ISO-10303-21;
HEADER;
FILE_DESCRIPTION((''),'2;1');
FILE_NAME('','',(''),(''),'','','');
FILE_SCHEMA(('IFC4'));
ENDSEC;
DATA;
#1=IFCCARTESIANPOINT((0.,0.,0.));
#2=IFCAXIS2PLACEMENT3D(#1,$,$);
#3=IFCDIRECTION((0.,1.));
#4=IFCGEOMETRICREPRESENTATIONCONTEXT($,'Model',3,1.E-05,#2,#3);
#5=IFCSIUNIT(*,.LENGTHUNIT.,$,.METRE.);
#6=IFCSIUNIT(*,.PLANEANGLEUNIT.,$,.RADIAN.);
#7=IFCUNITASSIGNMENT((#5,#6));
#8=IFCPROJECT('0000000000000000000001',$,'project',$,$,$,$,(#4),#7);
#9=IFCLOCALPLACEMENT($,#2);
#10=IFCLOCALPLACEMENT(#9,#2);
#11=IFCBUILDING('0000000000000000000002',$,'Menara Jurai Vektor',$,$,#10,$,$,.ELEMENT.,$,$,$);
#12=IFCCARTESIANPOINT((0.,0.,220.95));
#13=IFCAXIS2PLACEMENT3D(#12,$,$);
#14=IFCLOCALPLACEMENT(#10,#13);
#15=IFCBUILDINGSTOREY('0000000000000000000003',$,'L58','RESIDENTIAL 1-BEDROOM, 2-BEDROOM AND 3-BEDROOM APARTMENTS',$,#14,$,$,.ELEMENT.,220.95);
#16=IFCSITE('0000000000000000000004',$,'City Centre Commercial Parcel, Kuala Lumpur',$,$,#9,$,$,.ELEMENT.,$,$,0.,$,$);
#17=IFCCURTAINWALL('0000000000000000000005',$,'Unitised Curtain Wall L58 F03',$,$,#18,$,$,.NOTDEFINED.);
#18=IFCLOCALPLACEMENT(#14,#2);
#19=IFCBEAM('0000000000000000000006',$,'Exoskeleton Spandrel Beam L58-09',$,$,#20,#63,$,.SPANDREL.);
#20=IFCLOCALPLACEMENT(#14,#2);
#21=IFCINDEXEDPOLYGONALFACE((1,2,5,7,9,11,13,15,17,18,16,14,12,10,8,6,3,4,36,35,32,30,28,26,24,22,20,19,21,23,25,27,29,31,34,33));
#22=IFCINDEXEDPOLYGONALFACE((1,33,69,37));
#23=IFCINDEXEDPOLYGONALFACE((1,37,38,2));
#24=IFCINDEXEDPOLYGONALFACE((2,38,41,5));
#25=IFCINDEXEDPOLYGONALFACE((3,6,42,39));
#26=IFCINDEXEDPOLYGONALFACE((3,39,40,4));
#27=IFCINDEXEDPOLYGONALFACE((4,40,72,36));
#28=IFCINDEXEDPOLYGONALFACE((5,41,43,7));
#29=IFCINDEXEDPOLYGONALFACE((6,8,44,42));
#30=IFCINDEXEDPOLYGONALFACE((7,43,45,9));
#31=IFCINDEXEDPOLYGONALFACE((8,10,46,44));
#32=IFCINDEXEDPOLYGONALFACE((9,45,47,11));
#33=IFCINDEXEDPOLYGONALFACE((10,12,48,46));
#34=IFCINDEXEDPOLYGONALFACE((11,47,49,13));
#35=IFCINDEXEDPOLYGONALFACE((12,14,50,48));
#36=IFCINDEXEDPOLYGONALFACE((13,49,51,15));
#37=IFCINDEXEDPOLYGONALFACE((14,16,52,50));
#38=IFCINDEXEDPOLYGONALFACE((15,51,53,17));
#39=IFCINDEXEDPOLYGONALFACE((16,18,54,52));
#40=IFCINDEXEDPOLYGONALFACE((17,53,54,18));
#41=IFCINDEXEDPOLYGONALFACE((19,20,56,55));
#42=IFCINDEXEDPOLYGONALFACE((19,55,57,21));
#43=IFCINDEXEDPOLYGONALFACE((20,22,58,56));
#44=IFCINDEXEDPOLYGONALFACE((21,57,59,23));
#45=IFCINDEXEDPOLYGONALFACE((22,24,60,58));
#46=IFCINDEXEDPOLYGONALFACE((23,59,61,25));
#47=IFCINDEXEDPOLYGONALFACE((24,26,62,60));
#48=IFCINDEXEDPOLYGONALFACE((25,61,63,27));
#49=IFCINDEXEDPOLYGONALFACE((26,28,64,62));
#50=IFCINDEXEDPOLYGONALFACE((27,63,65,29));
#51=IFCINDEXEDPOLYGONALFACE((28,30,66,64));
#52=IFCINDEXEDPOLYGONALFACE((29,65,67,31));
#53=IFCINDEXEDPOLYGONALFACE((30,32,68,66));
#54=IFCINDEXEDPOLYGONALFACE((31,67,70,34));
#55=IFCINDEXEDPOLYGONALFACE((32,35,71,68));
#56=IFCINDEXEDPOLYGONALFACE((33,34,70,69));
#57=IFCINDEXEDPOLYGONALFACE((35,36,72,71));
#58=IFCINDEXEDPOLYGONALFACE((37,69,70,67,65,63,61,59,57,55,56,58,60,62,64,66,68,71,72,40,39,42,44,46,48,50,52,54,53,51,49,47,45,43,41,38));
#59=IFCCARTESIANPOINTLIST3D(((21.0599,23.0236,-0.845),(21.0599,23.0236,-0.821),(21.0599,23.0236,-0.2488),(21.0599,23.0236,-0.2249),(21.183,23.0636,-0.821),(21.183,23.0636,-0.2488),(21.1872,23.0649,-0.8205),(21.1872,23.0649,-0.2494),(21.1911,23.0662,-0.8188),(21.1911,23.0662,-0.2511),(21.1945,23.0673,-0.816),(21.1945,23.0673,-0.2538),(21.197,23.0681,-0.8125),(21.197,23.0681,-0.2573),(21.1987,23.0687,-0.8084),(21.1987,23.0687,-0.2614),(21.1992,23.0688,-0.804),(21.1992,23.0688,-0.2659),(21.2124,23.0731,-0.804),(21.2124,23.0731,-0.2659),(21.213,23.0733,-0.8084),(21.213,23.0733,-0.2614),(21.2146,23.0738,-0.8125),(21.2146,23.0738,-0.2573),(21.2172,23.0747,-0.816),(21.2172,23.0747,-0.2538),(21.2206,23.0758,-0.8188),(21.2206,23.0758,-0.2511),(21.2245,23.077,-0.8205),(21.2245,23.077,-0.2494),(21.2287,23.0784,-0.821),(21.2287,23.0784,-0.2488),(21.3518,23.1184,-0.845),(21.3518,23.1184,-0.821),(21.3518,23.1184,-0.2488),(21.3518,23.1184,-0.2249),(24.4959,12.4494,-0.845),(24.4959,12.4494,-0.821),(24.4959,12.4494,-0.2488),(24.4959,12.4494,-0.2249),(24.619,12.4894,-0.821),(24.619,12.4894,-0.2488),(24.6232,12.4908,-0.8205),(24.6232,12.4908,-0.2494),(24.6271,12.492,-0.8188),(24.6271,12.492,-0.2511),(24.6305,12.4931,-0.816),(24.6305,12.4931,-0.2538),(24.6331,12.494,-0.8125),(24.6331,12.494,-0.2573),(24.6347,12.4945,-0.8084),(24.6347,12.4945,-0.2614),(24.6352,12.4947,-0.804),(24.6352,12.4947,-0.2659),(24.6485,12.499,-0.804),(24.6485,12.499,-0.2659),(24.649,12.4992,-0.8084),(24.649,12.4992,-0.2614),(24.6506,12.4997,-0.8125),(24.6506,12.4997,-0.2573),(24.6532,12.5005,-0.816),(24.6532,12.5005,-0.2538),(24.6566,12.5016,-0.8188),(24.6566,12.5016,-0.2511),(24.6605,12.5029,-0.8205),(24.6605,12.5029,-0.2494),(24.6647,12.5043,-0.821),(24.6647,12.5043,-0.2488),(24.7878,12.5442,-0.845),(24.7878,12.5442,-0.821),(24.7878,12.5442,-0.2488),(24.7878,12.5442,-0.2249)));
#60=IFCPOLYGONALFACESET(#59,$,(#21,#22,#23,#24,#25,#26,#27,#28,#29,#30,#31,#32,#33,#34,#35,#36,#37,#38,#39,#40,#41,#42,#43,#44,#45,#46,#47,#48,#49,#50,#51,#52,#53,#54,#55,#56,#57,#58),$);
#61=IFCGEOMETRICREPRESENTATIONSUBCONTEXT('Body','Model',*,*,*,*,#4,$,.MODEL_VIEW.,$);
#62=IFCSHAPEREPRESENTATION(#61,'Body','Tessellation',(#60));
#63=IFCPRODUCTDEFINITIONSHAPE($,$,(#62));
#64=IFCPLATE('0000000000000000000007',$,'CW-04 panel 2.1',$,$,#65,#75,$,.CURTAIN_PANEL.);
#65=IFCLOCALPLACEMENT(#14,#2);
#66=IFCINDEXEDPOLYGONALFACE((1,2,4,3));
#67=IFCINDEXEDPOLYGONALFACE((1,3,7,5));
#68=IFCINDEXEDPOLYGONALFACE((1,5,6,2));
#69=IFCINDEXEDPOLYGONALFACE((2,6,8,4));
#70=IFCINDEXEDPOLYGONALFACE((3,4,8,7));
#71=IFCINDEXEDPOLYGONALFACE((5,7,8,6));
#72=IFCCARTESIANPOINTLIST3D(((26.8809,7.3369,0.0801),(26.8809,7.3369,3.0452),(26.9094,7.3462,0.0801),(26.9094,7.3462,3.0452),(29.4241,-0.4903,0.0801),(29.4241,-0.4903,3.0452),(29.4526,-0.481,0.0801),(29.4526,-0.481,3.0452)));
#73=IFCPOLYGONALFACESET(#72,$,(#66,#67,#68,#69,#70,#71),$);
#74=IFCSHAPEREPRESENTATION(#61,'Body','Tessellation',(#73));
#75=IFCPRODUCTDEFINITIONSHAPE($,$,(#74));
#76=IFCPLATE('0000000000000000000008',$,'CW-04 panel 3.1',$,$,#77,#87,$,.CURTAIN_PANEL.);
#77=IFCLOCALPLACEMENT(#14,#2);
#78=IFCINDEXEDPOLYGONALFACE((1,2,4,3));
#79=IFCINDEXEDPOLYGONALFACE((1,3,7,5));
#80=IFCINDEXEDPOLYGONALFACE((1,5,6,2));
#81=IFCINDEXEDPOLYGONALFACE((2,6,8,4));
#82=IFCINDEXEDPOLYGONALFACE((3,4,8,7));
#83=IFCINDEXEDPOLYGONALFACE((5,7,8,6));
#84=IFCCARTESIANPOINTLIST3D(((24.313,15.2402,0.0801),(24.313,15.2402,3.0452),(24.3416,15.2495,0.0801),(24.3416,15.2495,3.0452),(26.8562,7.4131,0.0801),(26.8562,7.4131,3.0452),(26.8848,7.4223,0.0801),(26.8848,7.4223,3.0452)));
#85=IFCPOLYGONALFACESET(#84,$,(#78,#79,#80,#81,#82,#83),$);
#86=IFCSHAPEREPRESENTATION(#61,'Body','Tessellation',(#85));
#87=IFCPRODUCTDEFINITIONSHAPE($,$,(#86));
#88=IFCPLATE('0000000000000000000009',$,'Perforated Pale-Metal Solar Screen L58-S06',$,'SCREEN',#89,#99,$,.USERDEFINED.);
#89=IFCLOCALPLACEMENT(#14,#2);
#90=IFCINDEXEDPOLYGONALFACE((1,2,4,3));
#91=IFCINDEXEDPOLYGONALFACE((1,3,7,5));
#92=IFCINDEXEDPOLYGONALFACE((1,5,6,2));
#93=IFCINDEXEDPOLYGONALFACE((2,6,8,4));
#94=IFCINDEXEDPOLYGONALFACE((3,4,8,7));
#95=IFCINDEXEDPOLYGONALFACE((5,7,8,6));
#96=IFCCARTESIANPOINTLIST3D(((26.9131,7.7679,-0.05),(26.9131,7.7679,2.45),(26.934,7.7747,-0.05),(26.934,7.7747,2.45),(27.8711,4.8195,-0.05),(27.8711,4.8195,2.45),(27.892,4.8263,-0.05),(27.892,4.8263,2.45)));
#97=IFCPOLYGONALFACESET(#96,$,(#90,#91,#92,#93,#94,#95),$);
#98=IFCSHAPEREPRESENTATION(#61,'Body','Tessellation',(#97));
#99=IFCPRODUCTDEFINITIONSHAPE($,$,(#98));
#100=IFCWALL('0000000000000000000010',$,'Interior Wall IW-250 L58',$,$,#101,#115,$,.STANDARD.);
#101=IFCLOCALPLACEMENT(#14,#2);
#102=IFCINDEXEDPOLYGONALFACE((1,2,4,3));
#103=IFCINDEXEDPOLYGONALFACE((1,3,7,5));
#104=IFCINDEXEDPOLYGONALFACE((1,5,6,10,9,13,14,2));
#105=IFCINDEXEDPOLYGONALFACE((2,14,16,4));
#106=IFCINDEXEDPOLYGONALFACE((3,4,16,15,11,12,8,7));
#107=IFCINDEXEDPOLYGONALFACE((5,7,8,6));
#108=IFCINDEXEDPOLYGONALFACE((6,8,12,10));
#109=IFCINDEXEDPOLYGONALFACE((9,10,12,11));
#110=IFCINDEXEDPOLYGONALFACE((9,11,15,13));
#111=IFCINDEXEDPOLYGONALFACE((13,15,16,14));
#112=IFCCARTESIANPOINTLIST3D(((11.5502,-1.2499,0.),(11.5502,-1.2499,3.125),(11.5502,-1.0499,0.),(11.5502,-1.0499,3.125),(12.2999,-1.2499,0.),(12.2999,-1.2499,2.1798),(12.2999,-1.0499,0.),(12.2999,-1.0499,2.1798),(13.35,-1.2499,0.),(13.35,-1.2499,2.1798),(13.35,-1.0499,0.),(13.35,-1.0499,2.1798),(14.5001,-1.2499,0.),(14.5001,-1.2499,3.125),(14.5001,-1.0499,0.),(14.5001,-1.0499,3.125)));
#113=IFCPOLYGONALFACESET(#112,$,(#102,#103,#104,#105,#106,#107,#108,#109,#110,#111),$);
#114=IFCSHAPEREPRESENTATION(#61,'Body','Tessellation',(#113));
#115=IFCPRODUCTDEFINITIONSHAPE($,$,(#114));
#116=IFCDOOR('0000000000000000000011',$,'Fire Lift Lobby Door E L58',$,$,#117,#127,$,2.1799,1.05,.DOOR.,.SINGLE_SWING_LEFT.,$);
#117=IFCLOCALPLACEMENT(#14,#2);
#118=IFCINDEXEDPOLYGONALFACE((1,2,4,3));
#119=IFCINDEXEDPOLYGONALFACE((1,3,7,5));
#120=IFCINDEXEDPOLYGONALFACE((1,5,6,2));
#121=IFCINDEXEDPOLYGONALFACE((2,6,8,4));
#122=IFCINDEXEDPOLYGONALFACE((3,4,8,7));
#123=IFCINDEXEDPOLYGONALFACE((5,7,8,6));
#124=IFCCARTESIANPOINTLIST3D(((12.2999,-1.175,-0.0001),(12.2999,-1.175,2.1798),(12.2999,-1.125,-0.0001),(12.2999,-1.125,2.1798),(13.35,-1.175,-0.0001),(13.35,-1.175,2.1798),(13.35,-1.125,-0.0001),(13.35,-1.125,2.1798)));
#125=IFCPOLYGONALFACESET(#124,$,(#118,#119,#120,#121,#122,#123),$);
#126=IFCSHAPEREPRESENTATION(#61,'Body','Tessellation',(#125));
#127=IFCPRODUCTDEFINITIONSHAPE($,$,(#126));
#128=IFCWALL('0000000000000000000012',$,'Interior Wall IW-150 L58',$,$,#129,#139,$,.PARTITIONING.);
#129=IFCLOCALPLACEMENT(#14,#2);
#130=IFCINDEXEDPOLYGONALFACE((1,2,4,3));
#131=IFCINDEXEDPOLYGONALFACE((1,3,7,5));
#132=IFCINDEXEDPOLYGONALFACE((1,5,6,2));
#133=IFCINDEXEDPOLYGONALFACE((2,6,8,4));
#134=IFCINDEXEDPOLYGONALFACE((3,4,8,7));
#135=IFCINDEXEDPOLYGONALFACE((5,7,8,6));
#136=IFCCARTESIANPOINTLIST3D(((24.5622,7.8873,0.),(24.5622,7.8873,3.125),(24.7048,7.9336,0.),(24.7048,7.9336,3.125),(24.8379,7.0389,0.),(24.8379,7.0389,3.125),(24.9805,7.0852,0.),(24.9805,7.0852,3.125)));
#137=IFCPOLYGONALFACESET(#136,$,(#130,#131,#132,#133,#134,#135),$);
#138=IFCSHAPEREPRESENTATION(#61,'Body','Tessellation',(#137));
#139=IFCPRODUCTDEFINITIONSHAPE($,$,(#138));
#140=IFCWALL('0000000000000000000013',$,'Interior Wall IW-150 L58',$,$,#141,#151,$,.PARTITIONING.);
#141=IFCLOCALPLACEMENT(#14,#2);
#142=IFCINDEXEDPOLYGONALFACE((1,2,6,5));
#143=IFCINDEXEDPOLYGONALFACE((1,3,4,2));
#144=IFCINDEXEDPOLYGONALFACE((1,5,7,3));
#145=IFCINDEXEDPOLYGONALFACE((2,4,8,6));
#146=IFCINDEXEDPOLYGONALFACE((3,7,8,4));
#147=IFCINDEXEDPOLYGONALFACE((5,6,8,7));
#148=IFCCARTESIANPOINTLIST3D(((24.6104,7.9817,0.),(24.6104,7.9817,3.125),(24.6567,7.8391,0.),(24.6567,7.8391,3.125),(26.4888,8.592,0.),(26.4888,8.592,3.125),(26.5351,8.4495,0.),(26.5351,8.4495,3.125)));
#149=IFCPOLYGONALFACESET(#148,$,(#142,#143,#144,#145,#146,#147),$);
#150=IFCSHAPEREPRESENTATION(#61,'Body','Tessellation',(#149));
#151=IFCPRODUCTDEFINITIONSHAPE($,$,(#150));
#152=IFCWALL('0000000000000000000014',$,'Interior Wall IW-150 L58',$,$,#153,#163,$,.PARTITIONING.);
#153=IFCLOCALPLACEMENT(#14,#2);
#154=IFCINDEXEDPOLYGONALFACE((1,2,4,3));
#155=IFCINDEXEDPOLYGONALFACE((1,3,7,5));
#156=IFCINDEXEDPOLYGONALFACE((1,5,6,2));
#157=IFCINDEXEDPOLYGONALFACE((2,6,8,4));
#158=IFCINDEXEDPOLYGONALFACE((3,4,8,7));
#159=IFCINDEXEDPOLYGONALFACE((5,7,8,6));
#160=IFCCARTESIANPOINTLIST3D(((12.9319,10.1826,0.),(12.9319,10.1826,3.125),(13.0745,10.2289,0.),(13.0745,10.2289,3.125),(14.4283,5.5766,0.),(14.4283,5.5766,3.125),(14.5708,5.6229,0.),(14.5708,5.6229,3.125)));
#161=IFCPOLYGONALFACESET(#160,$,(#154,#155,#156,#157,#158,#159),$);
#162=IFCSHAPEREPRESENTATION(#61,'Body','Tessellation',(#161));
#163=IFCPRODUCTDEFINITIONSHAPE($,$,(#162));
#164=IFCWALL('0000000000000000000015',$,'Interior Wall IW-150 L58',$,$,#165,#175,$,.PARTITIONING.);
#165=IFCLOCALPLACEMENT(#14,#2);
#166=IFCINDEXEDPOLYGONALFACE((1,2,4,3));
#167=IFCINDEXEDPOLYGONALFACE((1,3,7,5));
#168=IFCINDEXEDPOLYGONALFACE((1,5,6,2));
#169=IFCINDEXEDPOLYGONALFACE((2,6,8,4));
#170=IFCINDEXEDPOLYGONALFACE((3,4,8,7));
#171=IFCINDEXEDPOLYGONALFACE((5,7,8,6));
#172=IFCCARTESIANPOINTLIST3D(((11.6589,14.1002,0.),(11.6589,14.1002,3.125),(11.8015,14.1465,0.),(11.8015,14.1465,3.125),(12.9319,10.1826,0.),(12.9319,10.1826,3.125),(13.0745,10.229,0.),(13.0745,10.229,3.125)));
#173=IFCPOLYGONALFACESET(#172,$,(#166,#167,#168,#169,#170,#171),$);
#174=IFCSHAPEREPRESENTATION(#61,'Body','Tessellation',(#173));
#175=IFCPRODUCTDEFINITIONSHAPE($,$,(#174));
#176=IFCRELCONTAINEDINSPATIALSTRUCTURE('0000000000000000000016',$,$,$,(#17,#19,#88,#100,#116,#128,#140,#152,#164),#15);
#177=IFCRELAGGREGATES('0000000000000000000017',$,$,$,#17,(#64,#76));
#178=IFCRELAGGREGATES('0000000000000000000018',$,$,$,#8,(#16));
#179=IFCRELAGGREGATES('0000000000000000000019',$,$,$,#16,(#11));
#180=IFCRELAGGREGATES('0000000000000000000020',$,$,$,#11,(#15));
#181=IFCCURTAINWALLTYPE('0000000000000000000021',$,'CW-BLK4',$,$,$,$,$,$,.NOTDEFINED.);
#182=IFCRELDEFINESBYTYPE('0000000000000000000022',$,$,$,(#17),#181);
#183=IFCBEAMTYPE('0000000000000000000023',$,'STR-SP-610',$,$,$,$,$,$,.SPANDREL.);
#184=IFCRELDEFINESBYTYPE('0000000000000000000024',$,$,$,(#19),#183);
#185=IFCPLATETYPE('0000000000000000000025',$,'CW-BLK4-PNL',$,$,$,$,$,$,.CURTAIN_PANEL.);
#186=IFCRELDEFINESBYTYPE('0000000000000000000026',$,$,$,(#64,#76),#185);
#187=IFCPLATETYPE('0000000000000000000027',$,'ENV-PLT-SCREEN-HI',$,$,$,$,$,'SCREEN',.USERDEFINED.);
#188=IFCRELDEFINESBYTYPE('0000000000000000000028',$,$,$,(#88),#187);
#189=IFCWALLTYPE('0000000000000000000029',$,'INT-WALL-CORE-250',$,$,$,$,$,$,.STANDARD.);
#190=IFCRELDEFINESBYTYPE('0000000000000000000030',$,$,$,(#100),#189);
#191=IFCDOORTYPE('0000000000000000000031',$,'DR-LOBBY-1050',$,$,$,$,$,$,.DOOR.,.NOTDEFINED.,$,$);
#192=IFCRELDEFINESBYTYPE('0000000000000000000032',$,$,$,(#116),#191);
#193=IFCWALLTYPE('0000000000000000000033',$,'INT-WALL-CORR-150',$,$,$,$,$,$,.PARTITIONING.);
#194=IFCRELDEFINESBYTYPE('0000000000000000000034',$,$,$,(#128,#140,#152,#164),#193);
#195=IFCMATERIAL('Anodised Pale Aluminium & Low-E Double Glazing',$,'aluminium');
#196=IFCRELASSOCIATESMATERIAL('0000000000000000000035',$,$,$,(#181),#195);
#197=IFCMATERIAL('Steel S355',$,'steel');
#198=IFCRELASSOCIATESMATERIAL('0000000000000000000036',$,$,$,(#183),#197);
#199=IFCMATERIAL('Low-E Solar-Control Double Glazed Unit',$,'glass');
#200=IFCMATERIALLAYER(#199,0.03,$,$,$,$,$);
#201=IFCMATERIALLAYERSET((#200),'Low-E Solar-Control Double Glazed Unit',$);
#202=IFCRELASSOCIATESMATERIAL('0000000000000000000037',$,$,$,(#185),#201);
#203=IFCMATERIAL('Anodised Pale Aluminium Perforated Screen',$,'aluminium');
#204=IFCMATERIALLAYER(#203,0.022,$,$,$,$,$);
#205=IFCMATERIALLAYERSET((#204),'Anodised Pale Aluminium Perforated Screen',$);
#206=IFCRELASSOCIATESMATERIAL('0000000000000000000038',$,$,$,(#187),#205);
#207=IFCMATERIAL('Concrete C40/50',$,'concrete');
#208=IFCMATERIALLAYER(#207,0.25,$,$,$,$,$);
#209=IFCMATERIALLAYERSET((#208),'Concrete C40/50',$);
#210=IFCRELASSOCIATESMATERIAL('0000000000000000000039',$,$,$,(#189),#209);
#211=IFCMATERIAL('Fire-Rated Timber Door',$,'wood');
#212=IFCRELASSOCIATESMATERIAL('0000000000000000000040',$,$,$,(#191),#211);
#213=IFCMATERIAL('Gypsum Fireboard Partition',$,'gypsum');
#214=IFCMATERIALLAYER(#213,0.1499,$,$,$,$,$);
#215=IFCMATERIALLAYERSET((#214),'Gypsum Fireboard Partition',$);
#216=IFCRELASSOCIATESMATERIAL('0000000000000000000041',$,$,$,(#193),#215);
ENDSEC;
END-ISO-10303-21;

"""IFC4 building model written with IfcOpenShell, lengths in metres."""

from ifc_helpers import new_model, si_unit, direction, frame, frame_2d, origin, origin_2d, place, context, subcontext, project, spatial, rectangle, i_section, extrude, material, layer, layer_set, material_profile, profile_set, type_object, element, fill, aggregate, save


model = new_model("IFC4")

# Units and contexts
model_context = context("Model", 3, precision=1e-05, world=origin(), true_north=direction((0.0, 1.0)))
body_context = subcontext(model_context, "Body", "Model", "MODEL_VIEW")
ifc_project = project(units=[si_unit("LENGTHUNIT", "METRE"), si_unit("PLANEANGLEUNIT", "RADIAN")], contexts=[model_context])

# Site, building, storey
site_placement = place(None, origin())
site = spatial("IfcSite", under=ifc_project, at=site_placement, Name="City Centre Commercial Parcel, Kuala Lumpur", CompositionType="ELEMENT", RefElevation=0.0)
building_placement = place(site_placement, origin())
building = spatial("IfcBuilding", under=site, at=building_placement, Name="Menara Jurai Vektor", CompositionType="ELEMENT")
storey_placement = place(building_placement, frame((0.0, 0.0, 220.95)))
storey = spatial("IfcBuildingStorey", under=building, at=storey_placement, Name="L58", Description="RESIDENTIAL 1-BEDROOM, 2-BEDROOM AND 3-BEDROOM APARTMENTS", CompositionType="ELEMENT", Elevation=220.95)

# Curtain wall
ifc_material_1 = material(Name="Anodised Pale Aluminium & Low-E Double Glazing", Category="aluminium")
curtain_wall_type = type_object("IfcCurtainWallType", Name="CW-BLK4", PredefinedType="NOTDEFINED", material=ifc_material_1)
curtain_wall_placement = place(storey_placement, origin())
curtain_wall = element("IfcCurtainWall", 1, at=curtain_wall_placement, inside=storey, type_object=curtain_wall_type, Name="Unitised Curtain Wall L58 F03", PredefinedType="NOTDEFINED")

# Beam
ifc_material_2 = material(Name="Steel S355", Category="steel")
ifc_material_profile_1 = material_profile(ifc_material_2, i_section(OverallWidth=0.3069, OverallDepth=0.6201, WebThickness=0.0139, FlangeThickness=0.0239, FilletRadius=0.0171, at=origin_2d()), Name="UKB 610x305x179")
ifc_profile_set_1 = profile_set([ifc_material_profile_1], Name="Steel S355")
beam_type_1 = type_object("IfcBeamType", Name="STR-SP-610", PredefinedType="SPANDREL", material=ifc_profile_set_1)
beam_1_placement = place(storey_placement, frame((24.6418, 12.4968, -0.5349), z_axis=(-0.309038, 0.95105, 0.0), x_axis=(-0.95105, -0.309038, 0.0)))
element("IfcBeam", 2, at=beam_1_placement, inside=storey, type_object=beam_type_1, Name="Exoskeleton Spandrel Beam L58-09", PredefinedType="SPANDREL", context=body_context, shape_type="SweptSolid", body=[
    extrude(i_section(OverallWidth=0.3069, OverallDepth=0.6201, WebThickness=0.0139, FlangeThickness=0.0239, FilletRadius=0.0171, at=origin_2d()), origin(), (0.0, 0.0, 1.0), 11.1184),
])

# Plates
ifc_material_3 = material(Name="Low-E Solar-Control Double Glazed Unit", Category="glass")
ifc_layer_1 = layer(ifc_material_3, 0.03)
ifc_layer_set_1 = layer_set([ifc_layer_1], Name="Low-E Solar-Control Double Glazed Unit")
plate_type_1 = type_object("IfcPlateType", Name="CW-BLK4-PNL", PredefinedType="CURTAIN_PANEL", material=ifc_layer_set_1)
plate_1_placement = place(storey_placement, frame((28.1667, 3.428, 0.0801), z_axis=(0.0, 0.0, 1.0), x_axis=(-0.309016, 0.951057, 0.0)))
plate_1 = element("IfcPlate", 3, at=plate_1_placement, type_object=plate_type_1, Name="CW-04 panel 2.1", PredefinedType="CURTAIN_PANEL", context=body_context, shape_type="SweptSolid", body=[
    extrude(rectangle(XDim=8.23, YDim=0.03, at=origin_2d()), origin(), (0.0, 0.0, 1.0), 2.9651),
])
plate_2_placement = place(storey_placement, frame((25.5989, 11.3313, 0.0801), z_axis=(0.0, 0.0, 1.0), x_axis=(-0.309016, 0.951057, 0.0)))
plate_2 = element("IfcPlate", 4, at=plate_2_placement, type_object=plate_type_1, Name="CW-04 panel 3.1", PredefinedType="CURTAIN_PANEL", context=body_context, shape_type="SweptSolid", body=[
    extrude(rectangle(XDim=8.23, YDim=0.03, at=origin_2d()), origin(), (0.0, 0.0, 1.0), 2.9651),
])
aggregate(curtain_wall, [plate_1, plate_2])
ifc_material_4 = material(Name="Anodised Pale Aluminium Perforated Screen", Category="aluminium")
ifc_layer_2 = layer(ifc_material_4, 0.022)
ifc_layer_set_2 = layer_set([ifc_layer_2], Name="Anodised Pale Aluminium Perforated Screen")
plate_type_2 = type_object("IfcPlateType", Name="ENV-PLT-SCREEN-HI", ElementType="SCREEN", PredefinedType="USERDEFINED", material=ifc_layer_set_2)
plate_3_placement = place(storey_placement, frame((27.4026, 6.2971, -0.05), z_axis=(0.0, 0.0, 1.0), x_axis=(-0.309017, 0.951057, 0.0)))
element("IfcPlate", 5, at=plate_3_placement, inside=storey, type_object=plate_type_2, Name="Perforated Pale-Metal Solar Screen L58-S06", ObjectType="SCREEN", PredefinedType="USERDEFINED", context=body_context, shape_type="SweptSolid", body=[
    extrude(rectangle(XDim=3.1001, YDim=0.022, at=origin_2d()), origin(), (0.0, 0.0, 1.0), 2.5),
])

# Wall, opening, door
ifc_material_5 = material(Name="Concrete C40/50", Category="concrete")
ifc_layer_3 = layer(ifc_material_5, 0.25)
ifc_layer_set_3 = layer_set([ifc_layer_3], Name="Concrete C40/50")
wall_type_1 = type_object("IfcWallType", Name="INT-WALL-CORE-250", PredefinedType="STANDARD", material=ifc_layer_set_3)
wall_1_placement = place(storey_placement, frame((11.55, -1.1499, 0.0), z_axis=(0.0, 0.0, 1.0), x_axis=(1.0, 0.0, 0.0)))
wall_1 = element("IfcWall", 6, at=wall_1_placement, inside=storey, type_object=wall_type_1, Name="Interior Wall IW-250 L58", PredefinedType="STANDARD", context=body_context, shape_type="SweptSolid", body=[
    extrude(rectangle(XDim=2.95, YDim=0.2, at=frame_2d((1.4751, 0.0))), origin(), (0.0, 0.0, 1.0), 3.125),
])
opening_1_placement = place(wall_1_placement, frame((0.75, 0.0, 0.0)))
opening_1 = element("IfcOpeningElement", 7, at=opening_1_placement, cuts=wall_1, PredefinedType="OPENING", context=body_context, shape_type="SweptSolid", body=[
    extrude(rectangle(XDim=1.05, YDim=2.1799, at=frame_2d((0.5249, 1.0898))), frame((0.0, 0.1099, 0.0), z_axis=(0.0, -1.0, 0.0), x_axis=(1.0, 0.0, 0.0)), (0.0, 0.0, 1.0), 0.22),
])
ifc_material_6 = material(Name="Fire-Rated Timber Door", Category="wood")
door_type_1 = type_object("IfcDoorType", Name="DR-LOBBY-1050", OperationType="NOTDEFINED", PredefinedType="DOOR", material=ifc_material_6)
door_1_placement = place(opening_1_placement, origin())
door_1 = element("IfcDoor", 8, at=door_1_placement, inside=storey, type_object=door_type_1, Name="Fire Lift Lobby Door E L58", OperationType="SINGLE_SWING_LEFT", OverallHeight=2.1799, OverallWidth=1.05, PredefinedType="DOOR", context=body_context, shape_type="SweptSolid", body=[
    extrude(rectangle(XDim=1.05, YDim=2.1799, at=frame_2d((0.5249, 1.0898))), frame((0.0, 0.0249, 0.0), z_axis=(0.0, -1.0, 0.0), x_axis=(1.0, 0.0, 0.0)), (0.0, 0.0, 1.0), 0.05),
])
fill(opening_1, door_1)

# Walls
ifc_material_7 = material(Name="Gypsum Fireboard Partition", Category="gypsum")
ifc_layer_4 = layer(ifc_material_7, 0.1499)
ifc_layer_set_4 = layer_set([ifc_layer_4], Name="Gypsum Fireboard Partition")
wall_type_2 = type_object("IfcWallType", Name="INT-WALL-CORR-150", PredefinedType="PARTITIONING", material=ifc_layer_set_4)
wall_2_placement = place(storey_placement, frame((24.9092, 7.062, 0.0), z_axis=(0.0, 0.0, 1.0), x_axis=(-0.308993, 0.951064, 0.0)))
element("IfcWall", 9, at=wall_2_placement, inside=storey, type_object=wall_type_2, Name="Interior Wall IW-150 L58", PredefinedType="PARTITIONING", context=body_context, shape_type="SweptSolid", body=[
    extrude(rectangle(XDim=0.8921, YDim=0.1499, at=frame_2d((0.446, 0.0))), origin(), (0.0, 0.0, 1.0), 3.125),
])
wall_3_placement = place(storey_placement, frame((24.6335, 7.9104, 0.0), z_axis=(0.0, 0.0, 1.0), x_axis=(0.951054, 0.309025, 0.0)))
element("IfcWall", 10, at=wall_3_placement, inside=storey, type_object=wall_type_2, Name="Interior Wall IW-150 L58", PredefinedType="PARTITIONING", context=body_context, shape_type="SweptSolid", body=[
    extrude(rectangle(XDim=1.9751, YDim=0.1499, at=frame_2d((0.9875, 0.0))), origin(), (0.0, 0.0, 1.0), 3.125),
])
wall_4_placement = place(storey_placement, frame((14.4995, 5.5999, 0.0), z_axis=(0.0, 0.0, 1.0), x_axis=(-0.308974, 0.95107, 0.0)))
element("IfcWall", 11, at=wall_4_placement, inside=storey, type_object=wall_type_2, Name="Interior Wall IW-150 L58", PredefinedType="PARTITIONING", context=body_context, shape_type="SweptSolid", body=[
    extrude(rectangle(XDim=4.843, YDim=0.1499, at=frame_2d((2.4214, 0.0))), origin(), (0.0, 0.0, 1.0), 3.125),
])
wall_5_placement = place(storey_placement, frame((13.0032, 10.2058, 0.0), z_axis=(0.0, 0.0, 1.0), x_axis=(-0.309035, 0.951051, 0.0)))
element("IfcWall", 12, at=wall_5_placement, inside=storey, type_object=wall_type_2, Name="Interior Wall IW-150 L58", PredefinedType="PARTITIONING", context=body_context, shape_type="SweptSolid", body=[
    extrude(rectangle(XDim=4.1191, YDim=0.1499, at=frame_2d((2.0596, 0.0))), origin(), (0.0, 0.0, 1.0), 3.125),
])

save(model, "model.ifc")
